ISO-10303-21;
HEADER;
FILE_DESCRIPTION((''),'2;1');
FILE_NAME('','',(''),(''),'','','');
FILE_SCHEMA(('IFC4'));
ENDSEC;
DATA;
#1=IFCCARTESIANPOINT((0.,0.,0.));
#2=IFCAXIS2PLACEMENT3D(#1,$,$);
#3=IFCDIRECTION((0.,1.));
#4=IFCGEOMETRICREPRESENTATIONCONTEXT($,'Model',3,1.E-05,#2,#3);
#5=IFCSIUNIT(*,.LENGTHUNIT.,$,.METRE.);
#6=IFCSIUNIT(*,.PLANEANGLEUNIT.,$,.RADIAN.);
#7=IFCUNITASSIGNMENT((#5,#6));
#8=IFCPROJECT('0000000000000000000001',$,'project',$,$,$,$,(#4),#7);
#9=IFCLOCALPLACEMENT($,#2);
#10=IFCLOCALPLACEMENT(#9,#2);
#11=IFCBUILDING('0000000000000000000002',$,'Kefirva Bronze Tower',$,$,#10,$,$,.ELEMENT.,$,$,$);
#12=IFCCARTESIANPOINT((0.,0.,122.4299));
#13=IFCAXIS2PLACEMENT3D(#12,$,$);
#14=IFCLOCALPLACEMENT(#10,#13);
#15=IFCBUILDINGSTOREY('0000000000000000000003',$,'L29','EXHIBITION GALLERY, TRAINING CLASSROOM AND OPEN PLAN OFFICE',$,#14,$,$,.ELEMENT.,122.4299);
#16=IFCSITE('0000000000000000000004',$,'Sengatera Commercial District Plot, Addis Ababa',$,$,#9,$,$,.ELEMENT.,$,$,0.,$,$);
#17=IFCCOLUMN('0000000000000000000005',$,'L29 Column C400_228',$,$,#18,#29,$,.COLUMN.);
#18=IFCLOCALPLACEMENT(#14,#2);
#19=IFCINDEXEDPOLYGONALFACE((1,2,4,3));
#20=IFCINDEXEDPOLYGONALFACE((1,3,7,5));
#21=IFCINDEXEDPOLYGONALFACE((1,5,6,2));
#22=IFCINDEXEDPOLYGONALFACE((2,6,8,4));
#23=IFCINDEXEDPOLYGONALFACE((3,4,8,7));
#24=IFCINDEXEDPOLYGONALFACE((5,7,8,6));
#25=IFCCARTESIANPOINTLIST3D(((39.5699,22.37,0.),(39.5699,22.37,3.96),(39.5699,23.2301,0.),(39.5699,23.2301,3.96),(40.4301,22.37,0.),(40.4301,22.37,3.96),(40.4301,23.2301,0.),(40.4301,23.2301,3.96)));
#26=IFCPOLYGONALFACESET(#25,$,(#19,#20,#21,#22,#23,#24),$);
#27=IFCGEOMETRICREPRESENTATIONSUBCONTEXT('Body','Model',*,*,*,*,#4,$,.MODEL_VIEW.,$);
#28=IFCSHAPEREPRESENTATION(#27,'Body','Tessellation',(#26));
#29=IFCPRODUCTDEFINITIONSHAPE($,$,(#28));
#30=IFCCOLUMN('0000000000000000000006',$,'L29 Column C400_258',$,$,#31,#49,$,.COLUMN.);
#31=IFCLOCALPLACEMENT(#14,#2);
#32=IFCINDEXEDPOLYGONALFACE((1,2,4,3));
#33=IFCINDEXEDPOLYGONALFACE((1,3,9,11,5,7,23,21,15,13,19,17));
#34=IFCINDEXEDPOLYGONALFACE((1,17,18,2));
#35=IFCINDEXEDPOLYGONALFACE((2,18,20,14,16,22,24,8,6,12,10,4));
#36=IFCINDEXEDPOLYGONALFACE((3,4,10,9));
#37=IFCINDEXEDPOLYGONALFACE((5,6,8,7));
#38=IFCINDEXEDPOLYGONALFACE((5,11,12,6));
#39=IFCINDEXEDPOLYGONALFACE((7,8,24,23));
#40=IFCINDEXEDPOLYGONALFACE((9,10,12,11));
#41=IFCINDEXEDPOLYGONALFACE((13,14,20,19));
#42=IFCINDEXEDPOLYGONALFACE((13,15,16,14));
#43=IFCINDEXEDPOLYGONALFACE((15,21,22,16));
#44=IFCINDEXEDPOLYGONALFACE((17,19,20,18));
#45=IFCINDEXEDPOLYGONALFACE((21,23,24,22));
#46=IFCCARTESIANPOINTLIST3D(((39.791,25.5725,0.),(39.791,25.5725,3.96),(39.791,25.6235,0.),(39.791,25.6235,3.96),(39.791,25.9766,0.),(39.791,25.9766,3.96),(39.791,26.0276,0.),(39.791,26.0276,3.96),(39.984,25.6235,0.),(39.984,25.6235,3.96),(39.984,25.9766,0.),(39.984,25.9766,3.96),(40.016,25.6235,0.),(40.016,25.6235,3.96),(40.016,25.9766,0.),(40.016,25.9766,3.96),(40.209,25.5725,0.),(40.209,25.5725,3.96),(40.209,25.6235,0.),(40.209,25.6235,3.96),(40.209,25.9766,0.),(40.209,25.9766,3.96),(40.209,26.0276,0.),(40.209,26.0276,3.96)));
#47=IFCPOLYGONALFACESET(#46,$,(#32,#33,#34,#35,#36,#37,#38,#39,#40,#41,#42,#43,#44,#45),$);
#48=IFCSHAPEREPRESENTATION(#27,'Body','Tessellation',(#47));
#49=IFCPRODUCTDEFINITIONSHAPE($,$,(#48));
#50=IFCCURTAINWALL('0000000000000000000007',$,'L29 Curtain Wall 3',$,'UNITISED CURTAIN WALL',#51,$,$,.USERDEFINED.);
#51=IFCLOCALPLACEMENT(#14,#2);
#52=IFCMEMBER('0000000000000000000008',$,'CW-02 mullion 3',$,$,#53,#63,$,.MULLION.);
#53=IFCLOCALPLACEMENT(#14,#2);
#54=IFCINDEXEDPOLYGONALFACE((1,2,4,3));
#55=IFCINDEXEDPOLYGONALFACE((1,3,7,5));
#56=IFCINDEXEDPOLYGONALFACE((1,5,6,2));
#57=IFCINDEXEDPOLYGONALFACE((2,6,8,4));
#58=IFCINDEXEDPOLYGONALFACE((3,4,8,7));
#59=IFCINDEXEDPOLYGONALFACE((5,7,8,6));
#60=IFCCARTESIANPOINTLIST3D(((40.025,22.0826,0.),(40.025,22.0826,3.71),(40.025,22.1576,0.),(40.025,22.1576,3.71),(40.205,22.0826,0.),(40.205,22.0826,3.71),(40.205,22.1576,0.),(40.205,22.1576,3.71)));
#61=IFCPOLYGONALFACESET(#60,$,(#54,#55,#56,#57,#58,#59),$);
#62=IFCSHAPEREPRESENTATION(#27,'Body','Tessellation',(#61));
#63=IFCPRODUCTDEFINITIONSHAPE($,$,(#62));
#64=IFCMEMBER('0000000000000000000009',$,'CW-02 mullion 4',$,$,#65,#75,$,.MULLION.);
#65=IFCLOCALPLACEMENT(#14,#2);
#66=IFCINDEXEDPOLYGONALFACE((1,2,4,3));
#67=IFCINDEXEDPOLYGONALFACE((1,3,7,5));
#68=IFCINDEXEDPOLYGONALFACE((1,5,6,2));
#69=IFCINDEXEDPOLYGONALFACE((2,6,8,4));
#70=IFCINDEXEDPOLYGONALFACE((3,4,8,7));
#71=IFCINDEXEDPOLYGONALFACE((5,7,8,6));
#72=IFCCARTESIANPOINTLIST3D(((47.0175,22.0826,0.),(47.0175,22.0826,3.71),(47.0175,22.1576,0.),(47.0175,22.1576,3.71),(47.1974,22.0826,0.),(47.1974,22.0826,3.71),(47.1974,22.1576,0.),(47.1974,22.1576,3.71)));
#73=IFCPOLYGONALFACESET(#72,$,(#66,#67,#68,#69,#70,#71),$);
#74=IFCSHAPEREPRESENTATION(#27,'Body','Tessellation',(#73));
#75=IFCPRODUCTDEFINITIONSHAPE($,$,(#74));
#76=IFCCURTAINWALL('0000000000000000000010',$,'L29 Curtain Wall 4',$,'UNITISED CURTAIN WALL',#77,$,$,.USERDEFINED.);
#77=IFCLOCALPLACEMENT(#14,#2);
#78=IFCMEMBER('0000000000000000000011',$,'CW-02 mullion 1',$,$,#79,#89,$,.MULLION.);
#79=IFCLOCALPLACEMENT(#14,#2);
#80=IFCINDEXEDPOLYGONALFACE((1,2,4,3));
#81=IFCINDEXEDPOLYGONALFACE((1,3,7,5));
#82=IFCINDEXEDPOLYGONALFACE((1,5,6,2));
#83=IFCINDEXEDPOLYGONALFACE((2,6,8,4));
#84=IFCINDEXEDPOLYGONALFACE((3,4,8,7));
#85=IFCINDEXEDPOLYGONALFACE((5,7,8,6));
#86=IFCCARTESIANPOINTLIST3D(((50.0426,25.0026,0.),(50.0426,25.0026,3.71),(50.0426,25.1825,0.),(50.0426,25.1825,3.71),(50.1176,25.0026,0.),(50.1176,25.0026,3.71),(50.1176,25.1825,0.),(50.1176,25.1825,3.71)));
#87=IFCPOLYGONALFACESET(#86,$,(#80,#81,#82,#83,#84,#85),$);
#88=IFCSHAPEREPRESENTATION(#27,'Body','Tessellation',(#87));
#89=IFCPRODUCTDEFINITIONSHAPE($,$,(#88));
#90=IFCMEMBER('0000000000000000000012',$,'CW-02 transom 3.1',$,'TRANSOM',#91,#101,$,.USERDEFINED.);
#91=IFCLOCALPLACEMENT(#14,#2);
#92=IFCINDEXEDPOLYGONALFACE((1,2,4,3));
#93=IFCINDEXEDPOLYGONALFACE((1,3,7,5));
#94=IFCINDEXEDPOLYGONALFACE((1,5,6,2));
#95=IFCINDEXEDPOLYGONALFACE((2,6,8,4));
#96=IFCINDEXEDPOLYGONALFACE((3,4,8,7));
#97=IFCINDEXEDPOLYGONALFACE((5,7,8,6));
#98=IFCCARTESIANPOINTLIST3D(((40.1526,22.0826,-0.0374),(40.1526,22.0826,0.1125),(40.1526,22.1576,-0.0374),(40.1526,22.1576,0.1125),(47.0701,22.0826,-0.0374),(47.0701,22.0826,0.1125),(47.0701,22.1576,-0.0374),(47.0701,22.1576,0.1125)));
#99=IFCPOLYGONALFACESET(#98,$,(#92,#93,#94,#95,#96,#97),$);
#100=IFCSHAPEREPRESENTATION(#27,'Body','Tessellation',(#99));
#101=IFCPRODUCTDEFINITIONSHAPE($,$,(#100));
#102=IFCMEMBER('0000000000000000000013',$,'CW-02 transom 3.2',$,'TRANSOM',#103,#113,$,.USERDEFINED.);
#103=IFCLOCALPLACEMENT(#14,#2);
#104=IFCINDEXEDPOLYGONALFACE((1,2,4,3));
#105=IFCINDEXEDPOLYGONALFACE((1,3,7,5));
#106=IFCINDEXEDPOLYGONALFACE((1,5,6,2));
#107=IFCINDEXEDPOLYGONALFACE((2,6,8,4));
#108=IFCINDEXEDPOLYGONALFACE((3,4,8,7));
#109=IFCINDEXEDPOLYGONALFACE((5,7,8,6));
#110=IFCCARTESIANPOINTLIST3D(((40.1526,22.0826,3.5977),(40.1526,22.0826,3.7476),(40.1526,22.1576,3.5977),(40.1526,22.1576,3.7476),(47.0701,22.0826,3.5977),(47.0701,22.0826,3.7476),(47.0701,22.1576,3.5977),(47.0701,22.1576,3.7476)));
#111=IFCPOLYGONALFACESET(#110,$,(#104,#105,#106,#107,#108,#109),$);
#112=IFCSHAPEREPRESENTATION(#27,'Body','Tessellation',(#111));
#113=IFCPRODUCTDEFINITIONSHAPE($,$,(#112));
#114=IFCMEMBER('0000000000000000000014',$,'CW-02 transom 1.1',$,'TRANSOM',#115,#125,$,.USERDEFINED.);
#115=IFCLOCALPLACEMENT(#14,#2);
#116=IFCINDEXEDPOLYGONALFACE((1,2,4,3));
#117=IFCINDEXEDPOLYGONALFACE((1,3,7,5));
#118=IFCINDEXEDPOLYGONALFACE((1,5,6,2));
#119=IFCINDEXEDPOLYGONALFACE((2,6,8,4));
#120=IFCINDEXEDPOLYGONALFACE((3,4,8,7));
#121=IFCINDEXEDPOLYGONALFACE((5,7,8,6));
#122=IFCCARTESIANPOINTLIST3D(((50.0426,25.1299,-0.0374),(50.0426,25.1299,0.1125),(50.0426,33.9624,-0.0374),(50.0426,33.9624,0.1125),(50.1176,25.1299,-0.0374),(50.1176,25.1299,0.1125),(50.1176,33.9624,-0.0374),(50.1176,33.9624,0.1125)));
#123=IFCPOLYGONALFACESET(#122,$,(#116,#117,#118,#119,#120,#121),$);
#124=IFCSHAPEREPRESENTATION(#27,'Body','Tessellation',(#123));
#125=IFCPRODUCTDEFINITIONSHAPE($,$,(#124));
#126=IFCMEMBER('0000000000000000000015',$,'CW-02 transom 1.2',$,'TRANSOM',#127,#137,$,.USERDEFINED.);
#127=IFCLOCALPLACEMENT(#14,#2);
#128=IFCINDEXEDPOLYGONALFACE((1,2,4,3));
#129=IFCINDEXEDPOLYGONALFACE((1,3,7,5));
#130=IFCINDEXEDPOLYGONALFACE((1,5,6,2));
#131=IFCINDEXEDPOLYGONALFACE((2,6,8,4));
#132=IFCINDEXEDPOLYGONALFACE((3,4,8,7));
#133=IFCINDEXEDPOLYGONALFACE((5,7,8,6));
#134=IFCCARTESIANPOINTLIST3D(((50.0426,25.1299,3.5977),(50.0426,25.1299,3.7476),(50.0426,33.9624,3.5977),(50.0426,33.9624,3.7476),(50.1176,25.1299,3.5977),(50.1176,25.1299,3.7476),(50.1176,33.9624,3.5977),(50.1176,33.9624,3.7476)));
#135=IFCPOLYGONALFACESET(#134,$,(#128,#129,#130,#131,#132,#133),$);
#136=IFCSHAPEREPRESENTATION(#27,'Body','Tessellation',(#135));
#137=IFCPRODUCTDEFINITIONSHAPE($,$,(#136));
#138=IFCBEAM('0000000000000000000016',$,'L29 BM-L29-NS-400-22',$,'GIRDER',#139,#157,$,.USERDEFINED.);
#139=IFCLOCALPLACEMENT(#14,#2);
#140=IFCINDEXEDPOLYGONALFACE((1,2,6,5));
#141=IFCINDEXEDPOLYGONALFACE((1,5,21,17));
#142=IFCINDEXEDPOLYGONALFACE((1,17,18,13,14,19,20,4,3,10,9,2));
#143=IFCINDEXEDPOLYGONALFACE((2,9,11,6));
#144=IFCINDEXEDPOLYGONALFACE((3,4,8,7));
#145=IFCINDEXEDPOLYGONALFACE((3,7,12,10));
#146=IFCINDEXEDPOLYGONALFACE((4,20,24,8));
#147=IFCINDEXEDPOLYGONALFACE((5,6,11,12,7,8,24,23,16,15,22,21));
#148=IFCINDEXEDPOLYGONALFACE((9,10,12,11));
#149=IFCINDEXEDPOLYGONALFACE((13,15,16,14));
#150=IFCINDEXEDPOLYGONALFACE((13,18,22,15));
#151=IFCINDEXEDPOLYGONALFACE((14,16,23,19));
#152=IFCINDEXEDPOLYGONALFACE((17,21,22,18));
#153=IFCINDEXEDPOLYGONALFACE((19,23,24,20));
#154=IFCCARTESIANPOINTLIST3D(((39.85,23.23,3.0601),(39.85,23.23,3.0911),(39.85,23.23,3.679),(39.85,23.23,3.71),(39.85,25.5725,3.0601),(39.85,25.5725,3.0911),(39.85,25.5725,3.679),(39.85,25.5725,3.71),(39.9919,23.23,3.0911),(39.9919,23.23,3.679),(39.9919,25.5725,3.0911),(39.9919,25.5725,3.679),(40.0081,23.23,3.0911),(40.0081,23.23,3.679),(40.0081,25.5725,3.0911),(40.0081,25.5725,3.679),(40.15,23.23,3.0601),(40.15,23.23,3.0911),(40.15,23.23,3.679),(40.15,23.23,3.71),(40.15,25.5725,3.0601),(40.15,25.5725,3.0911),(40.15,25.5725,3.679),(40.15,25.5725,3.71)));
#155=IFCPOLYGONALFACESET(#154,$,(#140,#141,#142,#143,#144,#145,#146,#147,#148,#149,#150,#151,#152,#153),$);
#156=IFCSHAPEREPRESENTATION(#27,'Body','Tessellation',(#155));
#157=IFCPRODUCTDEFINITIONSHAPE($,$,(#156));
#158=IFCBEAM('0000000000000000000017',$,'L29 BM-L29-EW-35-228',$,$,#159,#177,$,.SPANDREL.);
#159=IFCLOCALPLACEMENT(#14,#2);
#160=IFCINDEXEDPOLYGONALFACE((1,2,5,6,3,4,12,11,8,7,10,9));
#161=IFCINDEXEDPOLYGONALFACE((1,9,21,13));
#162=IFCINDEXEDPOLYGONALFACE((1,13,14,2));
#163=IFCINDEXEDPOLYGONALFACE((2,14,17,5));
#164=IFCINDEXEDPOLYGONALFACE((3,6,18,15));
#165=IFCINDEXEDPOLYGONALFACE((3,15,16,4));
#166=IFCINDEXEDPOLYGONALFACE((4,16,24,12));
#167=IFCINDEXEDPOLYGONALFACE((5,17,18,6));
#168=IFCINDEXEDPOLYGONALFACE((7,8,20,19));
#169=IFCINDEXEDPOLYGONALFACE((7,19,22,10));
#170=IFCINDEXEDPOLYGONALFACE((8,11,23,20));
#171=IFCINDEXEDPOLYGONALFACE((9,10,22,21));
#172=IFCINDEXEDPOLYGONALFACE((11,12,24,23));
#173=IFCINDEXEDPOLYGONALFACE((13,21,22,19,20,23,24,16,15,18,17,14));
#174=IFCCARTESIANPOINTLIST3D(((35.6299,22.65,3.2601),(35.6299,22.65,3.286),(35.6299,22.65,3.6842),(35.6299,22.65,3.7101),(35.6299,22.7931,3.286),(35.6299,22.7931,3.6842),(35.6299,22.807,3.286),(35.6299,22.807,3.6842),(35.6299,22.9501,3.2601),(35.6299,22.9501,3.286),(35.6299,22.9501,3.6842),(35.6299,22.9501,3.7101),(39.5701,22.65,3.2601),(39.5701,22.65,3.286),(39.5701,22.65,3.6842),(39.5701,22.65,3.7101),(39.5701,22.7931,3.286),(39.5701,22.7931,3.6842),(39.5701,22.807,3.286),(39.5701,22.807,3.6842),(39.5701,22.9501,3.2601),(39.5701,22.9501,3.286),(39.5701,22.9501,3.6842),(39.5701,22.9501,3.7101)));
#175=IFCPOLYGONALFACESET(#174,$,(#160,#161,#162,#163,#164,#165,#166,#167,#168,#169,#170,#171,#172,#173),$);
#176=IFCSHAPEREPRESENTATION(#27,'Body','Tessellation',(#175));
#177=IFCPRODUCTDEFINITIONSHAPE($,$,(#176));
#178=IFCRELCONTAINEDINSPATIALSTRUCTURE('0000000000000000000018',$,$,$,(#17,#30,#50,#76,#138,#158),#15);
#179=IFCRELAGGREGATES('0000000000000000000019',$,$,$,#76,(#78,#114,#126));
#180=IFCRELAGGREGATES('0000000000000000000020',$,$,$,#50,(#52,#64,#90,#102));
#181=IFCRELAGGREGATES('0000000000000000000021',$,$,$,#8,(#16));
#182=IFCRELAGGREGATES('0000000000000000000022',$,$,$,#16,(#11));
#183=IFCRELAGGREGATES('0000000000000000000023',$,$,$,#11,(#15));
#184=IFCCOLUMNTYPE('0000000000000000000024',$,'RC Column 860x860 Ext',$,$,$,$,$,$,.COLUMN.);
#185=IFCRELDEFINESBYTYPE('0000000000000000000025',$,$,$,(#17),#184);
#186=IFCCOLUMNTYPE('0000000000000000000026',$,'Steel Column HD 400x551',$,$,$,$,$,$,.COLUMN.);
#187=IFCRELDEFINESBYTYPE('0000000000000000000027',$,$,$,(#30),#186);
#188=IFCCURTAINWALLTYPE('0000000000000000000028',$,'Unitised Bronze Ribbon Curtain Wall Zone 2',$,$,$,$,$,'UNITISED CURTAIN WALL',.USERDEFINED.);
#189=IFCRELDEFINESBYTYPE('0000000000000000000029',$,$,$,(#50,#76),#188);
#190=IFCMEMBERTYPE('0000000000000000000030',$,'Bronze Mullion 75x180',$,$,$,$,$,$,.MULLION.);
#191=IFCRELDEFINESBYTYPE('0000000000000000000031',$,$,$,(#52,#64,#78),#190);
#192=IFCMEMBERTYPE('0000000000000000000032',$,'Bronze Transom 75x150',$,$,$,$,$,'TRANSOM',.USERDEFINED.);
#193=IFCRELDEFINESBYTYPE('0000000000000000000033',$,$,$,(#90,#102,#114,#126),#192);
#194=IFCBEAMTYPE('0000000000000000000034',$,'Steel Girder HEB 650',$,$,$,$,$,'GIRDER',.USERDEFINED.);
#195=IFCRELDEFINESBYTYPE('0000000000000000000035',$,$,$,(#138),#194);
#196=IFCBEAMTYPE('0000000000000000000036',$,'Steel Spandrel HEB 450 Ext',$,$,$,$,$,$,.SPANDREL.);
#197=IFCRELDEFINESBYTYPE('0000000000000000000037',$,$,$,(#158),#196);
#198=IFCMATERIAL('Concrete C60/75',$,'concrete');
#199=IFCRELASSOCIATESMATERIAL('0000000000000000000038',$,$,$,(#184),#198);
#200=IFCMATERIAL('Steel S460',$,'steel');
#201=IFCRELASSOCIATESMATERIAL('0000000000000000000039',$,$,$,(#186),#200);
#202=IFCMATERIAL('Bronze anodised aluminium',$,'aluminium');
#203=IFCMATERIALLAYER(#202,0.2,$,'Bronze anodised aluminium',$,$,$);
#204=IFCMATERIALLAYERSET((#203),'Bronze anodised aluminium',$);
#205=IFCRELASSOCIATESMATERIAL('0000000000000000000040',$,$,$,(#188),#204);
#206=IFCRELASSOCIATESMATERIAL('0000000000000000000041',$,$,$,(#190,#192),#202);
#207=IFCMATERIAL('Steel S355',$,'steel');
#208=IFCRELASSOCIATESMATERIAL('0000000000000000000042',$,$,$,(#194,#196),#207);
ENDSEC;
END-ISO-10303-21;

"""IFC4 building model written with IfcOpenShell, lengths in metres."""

from ifc_helpers import new_model, si_unit, direction, frame, origin, origin_2d, place, context, subcontext, project, spatial, rectangle, i_section, extrude, material, layer, layer_set, material_profile, profile_set, type_object, element, aggregate, save


model = new_model("IFC4")

# Units and contexts
model_context = context("Model", 3, precision=1e-05, world=origin(), true_north=direction((0.0, 1.0)))
body_context = subcontext(model_context, "Body", "Model", "MODEL_VIEW")
ifc_project = project(units=[si_unit("LENGTHUNIT", "METRE"), si_unit("PLANEANGLEUNIT", "RADIAN")], contexts=[model_context])

# Site, building, storey
site_placement = place(None, origin())
site = spatial("IfcSite", under=ifc_project, at=site_placement, Name="Sengatera Commercial District Plot, Addis Ababa", CompositionType="ELEMENT", RefElevation=0.0)
building_placement = place(site_placement, origin())
building = spatial("IfcBuilding", under=site, at=building_placement, Name="Kefirva Bronze Tower", CompositionType="ELEMENT")
storey_placement = place(building_placement, frame((0.0, 0.0, 122.4299)))
storey = spatial("IfcBuildingStorey", under=building, at=storey_placement, Name="L29", Description="EXHIBITION GALLERY, TRAINING CLASSROOM AND OPEN PLAN OFFICE", CompositionType="ELEMENT", Elevation=122.4299)

# Columns
ifc_material_1 = material(Name="Concrete C60/75", Category="concrete")
ifc_material_profile_1 = material_profile(ifc_material_1, rectangle(XDim=0.8601, YDim=0.8601, at=origin_2d()), Name="RC 860x860")
ifc_profile_set_1 = profile_set([ifc_material_profile_1], Name="Concrete C60/75")
column_type_1 = type_object("IfcColumnType", Name="RC Column 860x860 Ext", PredefinedType="COLUMN", material=ifc_profile_set_1)
column_1_placement = place(storey_placement, frame((40.0, 22.8, 0.0), z_axis=(0.0, 0.0, 1.0), x_axis=(1.0, 0.0, 0.0)))
element("IfcColumn", 1, at=column_1_placement, inside=storey, type_object=column_type_1, Name="L29 Column C400_228", PredefinedType="COLUMN", context=body_context, shape_type="SweptSolid", body=[
    extrude(rectangle(XDim=0.8601, YDim=0.8601, at=origin_2d()), origin(), (0.0, 0.0, 1.0), 3.96),
])
ifc_material_2 = material(Name="Steel S460", Category="steel")
ifc_material_profile_2 = material_profile(ifc_material_2, i_section(OverallWidth=0.418, OverallDepth=0.4551, WebThickness=0.032, FlangeThickness=0.051, at=origin_2d()), Name="HD 400x551")
ifc_profile_set_2 = profile_set([ifc_material_profile_2], Name="Steel S460")
column_type_2 = type_object("IfcColumnType", Name="Steel Column HD 400x551", PredefinedType="COLUMN", material=ifc_profile_set_2)
column_2_placement = place(storey_placement, frame((40.0, 25.8, 0.0), z_axis=(0.0, 0.0, 1.0), x_axis=(1.0, 0.0, 0.0)))
element("IfcColumn", 2, at=column_2_placement, inside=storey, type_object=column_type_2, Name="L29 Column C400_258", PredefinedType="COLUMN", context=body_context, shape_type="SweptSolid", body=[
    extrude(i_section(OverallWidth=0.418, OverallDepth=0.4551, WebThickness=0.032, FlangeThickness=0.051, at=origin_2d()), origin(), (0.0, 0.0, 1.0), 3.96),
])

# Curtain wall, members
ifc_material_3 = material(Name="Bronze anodised aluminium", Category="aluminium")
ifc_layer_1 = layer(ifc_material_3, 0.2, Name="Bronze anodised aluminium")
ifc_layer_set_1 = layer_set([ifc_layer_1], Name="Bronze anodised aluminium")
curtain_wall_type = type_object("IfcCurtainWallType", Name="Unitised Bronze Ribbon Curtain Wall Zone 2", ElementType="UNITISED CURTAIN WALL", PredefinedType="USERDEFINED", material=ifc_layer_set_1)
curtain_wall_1_placement = place(storey_placement, origin())
curtain_wall_1 = element("IfcCurtainWall", 3, at=curtain_wall_1_placement, inside=storey, type_object=curtain_wall_type, Name="L29 Curtain Wall 3", ObjectType="UNITISED CURTAIN WALL", PredefinedType="USERDEFINED")
ifc_material_profile_3 = material_profile(ifc_material_3, rectangle(XDim=0.075, YDim=0.1799, at=origin_2d()), Name="ALU 75x180")
ifc_profile_set_3 = profile_set([ifc_material_profile_3], Name="Bronze anodised aluminium")
member_type_1 = type_object("IfcMemberType", Name="Bronze Mullion 75x180", PredefinedType="MULLION", material=ifc_profile_set_3)
member_1_placement = place(storey_placement, frame((40.115, 22.1201, 0.0), z_axis=(0.0, 0.0, 1.0), x_axis=(0.0, 1.0, 0.0)))
member_1 = element("IfcMember", 4, at=member_1_placement, type_object=member_type_1, Name="CW-02 mullion 3", PredefinedType="MULLION", context=body_context, shape_type="SweptSolid", body=[
    extrude(rectangle(XDim=0.075, YDim=0.1799, at=origin_2d()), origin(), (0.0, 0.0, 1.0), 3.71),
])
member_2_placement = place(storey_placement, frame((47.1074, 22.1201, 0.0), z_axis=(0.0, 0.0, 1.0), x_axis=(0.0, 1.0, 0.0)))
member_2 = element("IfcMember", 5, at=member_2_placement, type_object=member_type_1, Name="CW-02 mullion 4", PredefinedType="MULLION", context=body_context, shape_type="SweptSolid", body=[
    extrude(rectangle(XDim=0.075, YDim=0.1799, at=origin_2d()), origin(), (0.0, 0.0, 1.0), 3.71),
])

# Curtain wall, member
curtain_wall_2_placement = place(storey_placement, origin())
curtain_wall_2 = element("IfcCurtainWall", 6, at=curtain_wall_2_placement, inside=storey, type_object=curtain_wall_type, Name="L29 Curtain Wall 4", ObjectType="UNITISED CURTAIN WALL", PredefinedType="USERDEFINED")
member_3_placement = place(storey_placement, frame((50.0801, 25.0925, 0.0), z_axis=(0.0, 0.0, 1.0), x_axis=(-1.0, 0.0, 0.0)))
member_3 = element("IfcMember", 7, at=member_3_placement, type_object=member_type_1, Name="CW-02 mullion 1", PredefinedType="MULLION", context=body_context, shape_type="SweptSolid", body=[
    extrude(rectangle(XDim=0.075, YDim=0.1799, at=origin_2d()), origin(), (0.0, 0.0, 1.0), 3.71),
])

# Members
ifc_material_profile_4 = material_profile(ifc_material_3, rectangle(XDim=0.075, YDim=0.1499, at=origin_2d()), Name="ALU 75x150")
ifc_profile_set_4 = profile_set([ifc_material_profile_4], Name="Bronze anodised aluminium")
member_type_2 = type_object("IfcMemberType", Name="Bronze Transom 75x150", ElementType="TRANSOM", PredefinedType="USERDEFINED", material=ifc_profile_set_4)
member_4_placement = place(storey_placement, frame((40.1526, 22.1201, 0.0376), z_axis=(1.0, 0.0, 0.0), x_axis=(0.0, 1.0, 0.0)))
member_4 = element("IfcMember", 8, at=member_4_placement, type_object=member_type_2, Name="CW-02 transom 3.1", ObjectType="TRANSOM", PredefinedType="USERDEFINED", context=body_context, shape_type="SweptSolid", body=[
    extrude(rectangle(XDim=0.075, YDim=0.1499, at=origin_2d()), origin(), (0.0, 0.0, 1.0), 6.9175),
])
member_5_placement = place(storey_placement, frame((40.1526, 22.1201, 3.6726), z_axis=(1.0, 0.0, 0.0), x_axis=(0.0, 1.0, 0.0)))
member_5 = element("IfcMember", 9, at=member_5_placement, type_object=member_type_2, Name="CW-02 transom 3.2", ObjectType="TRANSOM", PredefinedType="USERDEFINED", context=body_context, shape_type="SweptSolid", body=[
    extrude(rectangle(XDim=0.075, YDim=0.1499, at=origin_2d()), origin(), (0.0, 0.0, 1.0), 6.9175),
])
member_6_placement = place(storey_placement, frame((50.0801, 25.1299, 0.0376), z_axis=(0.0, 1.0, 0.0), x_axis=(-1.0, 0.0, 0.0)))
member_6 = element("IfcMember", 10, at=member_6_placement, type_object=member_type_2, Name="CW-02 transom 1.1", ObjectType="TRANSOM", PredefinedType="USERDEFINED", context=body_context, shape_type="SweptSolid", body=[
    extrude(rectangle(XDim=0.075, YDim=0.1499, at=origin_2d()), origin(), (0.0, 0.0, 1.0), 8.8325),
])
member_7_placement = place(storey_placement, frame((50.0801, 25.1299, 3.6726), z_axis=(0.0, 1.0, 0.0), x_axis=(-1.0, 0.0, 0.0)))
member_7 = element("IfcMember", 11, at=member_7_placement, type_object=member_type_2, Name="CW-02 transom 1.2", ObjectType="TRANSOM", PredefinedType="USERDEFINED", context=body_context, shape_type="SweptSolid", body=[
    extrude(rectangle(XDim=0.075, YDim=0.1499, at=origin_2d()), origin(), (0.0, 0.0, 1.0), 8.8325),
])
aggregate(curtain_wall_2, [member_3, member_6, member_7])

# Beams
ifc_material_4 = material(Name="Steel S355", Category="steel")
ifc_material_profile_5 = material_profile(ifc_material_4, i_section(OverallWidth=0.3, OverallDepth=0.6499, WebThickness=0.0161, FlangeThickness=0.031, at=origin_2d()), Name="HEB 650")
ifc_profile_set_5 = profile_set([ifc_material_profile_5], Name="Steel S355")
beam_type_1 = type_object("IfcBeamType", Name="Steel Girder HEB 650", ElementType="GIRDER", PredefinedType="USERDEFINED", material=ifc_profile_set_5)
beam_1_placement = place(storey_placement, frame((40.0, 23.23, 3.385), z_axis=(0.0, 1.0, 0.0), x_axis=(-1.0, 0.0, 0.0)))
element("IfcBeam", 12, at=beam_1_placement, inside=storey, type_object=beam_type_1, Name="L29 BM-L29-NS-400-22", ObjectType="GIRDER", PredefinedType="USERDEFINED", context=body_context, shape_type="SweptSolid", body=[
    extrude(i_section(OverallWidth=0.3, OverallDepth=0.6499, WebThickness=0.0161, FlangeThickness=0.031, at=origin_2d()), origin(), (0.0, 0.0, 1.0), 2.3425),
])
ifc_material_profile_6 = material_profile(ifc_material_4, i_section(OverallWidth=0.3, OverallDepth=0.45, WebThickness=0.0139, FlangeThickness=0.0259, at=origin_2d()), Name="HEB 450")
ifc_profile_set_6 = profile_set([ifc_material_profile_6], Name="Steel S355")
beam_type_2 = type_object("IfcBeamType", Name="Steel Spandrel HEB 450 Ext", PredefinedType="SPANDREL", material=ifc_profile_set_6)
beam_2_placement = place(storey_placement, frame((35.6299, 22.8, 3.4851), z_axis=(1.0, 0.0, 0.0), x_axis=(0.0, 1.0, 0.0)))
element("IfcBeam", 13, at=beam_2_placement, inside=storey, type_object=beam_type_2, Name="L29 BM-L29-EW-35-228", PredefinedType="SPANDREL", context=body_context, shape_type="SweptSolid", body=[
    extrude(i_section(OverallWidth=0.3, OverallDepth=0.45, WebThickness=0.0139, FlangeThickness=0.0259, at=origin_2d()), origin(), (0.0, 0.0, 1.0), 3.9402),
])

aggregate(curtain_wall_1, [member_1, member_2, member_4, member_5])

save(model, "model.ifc")
